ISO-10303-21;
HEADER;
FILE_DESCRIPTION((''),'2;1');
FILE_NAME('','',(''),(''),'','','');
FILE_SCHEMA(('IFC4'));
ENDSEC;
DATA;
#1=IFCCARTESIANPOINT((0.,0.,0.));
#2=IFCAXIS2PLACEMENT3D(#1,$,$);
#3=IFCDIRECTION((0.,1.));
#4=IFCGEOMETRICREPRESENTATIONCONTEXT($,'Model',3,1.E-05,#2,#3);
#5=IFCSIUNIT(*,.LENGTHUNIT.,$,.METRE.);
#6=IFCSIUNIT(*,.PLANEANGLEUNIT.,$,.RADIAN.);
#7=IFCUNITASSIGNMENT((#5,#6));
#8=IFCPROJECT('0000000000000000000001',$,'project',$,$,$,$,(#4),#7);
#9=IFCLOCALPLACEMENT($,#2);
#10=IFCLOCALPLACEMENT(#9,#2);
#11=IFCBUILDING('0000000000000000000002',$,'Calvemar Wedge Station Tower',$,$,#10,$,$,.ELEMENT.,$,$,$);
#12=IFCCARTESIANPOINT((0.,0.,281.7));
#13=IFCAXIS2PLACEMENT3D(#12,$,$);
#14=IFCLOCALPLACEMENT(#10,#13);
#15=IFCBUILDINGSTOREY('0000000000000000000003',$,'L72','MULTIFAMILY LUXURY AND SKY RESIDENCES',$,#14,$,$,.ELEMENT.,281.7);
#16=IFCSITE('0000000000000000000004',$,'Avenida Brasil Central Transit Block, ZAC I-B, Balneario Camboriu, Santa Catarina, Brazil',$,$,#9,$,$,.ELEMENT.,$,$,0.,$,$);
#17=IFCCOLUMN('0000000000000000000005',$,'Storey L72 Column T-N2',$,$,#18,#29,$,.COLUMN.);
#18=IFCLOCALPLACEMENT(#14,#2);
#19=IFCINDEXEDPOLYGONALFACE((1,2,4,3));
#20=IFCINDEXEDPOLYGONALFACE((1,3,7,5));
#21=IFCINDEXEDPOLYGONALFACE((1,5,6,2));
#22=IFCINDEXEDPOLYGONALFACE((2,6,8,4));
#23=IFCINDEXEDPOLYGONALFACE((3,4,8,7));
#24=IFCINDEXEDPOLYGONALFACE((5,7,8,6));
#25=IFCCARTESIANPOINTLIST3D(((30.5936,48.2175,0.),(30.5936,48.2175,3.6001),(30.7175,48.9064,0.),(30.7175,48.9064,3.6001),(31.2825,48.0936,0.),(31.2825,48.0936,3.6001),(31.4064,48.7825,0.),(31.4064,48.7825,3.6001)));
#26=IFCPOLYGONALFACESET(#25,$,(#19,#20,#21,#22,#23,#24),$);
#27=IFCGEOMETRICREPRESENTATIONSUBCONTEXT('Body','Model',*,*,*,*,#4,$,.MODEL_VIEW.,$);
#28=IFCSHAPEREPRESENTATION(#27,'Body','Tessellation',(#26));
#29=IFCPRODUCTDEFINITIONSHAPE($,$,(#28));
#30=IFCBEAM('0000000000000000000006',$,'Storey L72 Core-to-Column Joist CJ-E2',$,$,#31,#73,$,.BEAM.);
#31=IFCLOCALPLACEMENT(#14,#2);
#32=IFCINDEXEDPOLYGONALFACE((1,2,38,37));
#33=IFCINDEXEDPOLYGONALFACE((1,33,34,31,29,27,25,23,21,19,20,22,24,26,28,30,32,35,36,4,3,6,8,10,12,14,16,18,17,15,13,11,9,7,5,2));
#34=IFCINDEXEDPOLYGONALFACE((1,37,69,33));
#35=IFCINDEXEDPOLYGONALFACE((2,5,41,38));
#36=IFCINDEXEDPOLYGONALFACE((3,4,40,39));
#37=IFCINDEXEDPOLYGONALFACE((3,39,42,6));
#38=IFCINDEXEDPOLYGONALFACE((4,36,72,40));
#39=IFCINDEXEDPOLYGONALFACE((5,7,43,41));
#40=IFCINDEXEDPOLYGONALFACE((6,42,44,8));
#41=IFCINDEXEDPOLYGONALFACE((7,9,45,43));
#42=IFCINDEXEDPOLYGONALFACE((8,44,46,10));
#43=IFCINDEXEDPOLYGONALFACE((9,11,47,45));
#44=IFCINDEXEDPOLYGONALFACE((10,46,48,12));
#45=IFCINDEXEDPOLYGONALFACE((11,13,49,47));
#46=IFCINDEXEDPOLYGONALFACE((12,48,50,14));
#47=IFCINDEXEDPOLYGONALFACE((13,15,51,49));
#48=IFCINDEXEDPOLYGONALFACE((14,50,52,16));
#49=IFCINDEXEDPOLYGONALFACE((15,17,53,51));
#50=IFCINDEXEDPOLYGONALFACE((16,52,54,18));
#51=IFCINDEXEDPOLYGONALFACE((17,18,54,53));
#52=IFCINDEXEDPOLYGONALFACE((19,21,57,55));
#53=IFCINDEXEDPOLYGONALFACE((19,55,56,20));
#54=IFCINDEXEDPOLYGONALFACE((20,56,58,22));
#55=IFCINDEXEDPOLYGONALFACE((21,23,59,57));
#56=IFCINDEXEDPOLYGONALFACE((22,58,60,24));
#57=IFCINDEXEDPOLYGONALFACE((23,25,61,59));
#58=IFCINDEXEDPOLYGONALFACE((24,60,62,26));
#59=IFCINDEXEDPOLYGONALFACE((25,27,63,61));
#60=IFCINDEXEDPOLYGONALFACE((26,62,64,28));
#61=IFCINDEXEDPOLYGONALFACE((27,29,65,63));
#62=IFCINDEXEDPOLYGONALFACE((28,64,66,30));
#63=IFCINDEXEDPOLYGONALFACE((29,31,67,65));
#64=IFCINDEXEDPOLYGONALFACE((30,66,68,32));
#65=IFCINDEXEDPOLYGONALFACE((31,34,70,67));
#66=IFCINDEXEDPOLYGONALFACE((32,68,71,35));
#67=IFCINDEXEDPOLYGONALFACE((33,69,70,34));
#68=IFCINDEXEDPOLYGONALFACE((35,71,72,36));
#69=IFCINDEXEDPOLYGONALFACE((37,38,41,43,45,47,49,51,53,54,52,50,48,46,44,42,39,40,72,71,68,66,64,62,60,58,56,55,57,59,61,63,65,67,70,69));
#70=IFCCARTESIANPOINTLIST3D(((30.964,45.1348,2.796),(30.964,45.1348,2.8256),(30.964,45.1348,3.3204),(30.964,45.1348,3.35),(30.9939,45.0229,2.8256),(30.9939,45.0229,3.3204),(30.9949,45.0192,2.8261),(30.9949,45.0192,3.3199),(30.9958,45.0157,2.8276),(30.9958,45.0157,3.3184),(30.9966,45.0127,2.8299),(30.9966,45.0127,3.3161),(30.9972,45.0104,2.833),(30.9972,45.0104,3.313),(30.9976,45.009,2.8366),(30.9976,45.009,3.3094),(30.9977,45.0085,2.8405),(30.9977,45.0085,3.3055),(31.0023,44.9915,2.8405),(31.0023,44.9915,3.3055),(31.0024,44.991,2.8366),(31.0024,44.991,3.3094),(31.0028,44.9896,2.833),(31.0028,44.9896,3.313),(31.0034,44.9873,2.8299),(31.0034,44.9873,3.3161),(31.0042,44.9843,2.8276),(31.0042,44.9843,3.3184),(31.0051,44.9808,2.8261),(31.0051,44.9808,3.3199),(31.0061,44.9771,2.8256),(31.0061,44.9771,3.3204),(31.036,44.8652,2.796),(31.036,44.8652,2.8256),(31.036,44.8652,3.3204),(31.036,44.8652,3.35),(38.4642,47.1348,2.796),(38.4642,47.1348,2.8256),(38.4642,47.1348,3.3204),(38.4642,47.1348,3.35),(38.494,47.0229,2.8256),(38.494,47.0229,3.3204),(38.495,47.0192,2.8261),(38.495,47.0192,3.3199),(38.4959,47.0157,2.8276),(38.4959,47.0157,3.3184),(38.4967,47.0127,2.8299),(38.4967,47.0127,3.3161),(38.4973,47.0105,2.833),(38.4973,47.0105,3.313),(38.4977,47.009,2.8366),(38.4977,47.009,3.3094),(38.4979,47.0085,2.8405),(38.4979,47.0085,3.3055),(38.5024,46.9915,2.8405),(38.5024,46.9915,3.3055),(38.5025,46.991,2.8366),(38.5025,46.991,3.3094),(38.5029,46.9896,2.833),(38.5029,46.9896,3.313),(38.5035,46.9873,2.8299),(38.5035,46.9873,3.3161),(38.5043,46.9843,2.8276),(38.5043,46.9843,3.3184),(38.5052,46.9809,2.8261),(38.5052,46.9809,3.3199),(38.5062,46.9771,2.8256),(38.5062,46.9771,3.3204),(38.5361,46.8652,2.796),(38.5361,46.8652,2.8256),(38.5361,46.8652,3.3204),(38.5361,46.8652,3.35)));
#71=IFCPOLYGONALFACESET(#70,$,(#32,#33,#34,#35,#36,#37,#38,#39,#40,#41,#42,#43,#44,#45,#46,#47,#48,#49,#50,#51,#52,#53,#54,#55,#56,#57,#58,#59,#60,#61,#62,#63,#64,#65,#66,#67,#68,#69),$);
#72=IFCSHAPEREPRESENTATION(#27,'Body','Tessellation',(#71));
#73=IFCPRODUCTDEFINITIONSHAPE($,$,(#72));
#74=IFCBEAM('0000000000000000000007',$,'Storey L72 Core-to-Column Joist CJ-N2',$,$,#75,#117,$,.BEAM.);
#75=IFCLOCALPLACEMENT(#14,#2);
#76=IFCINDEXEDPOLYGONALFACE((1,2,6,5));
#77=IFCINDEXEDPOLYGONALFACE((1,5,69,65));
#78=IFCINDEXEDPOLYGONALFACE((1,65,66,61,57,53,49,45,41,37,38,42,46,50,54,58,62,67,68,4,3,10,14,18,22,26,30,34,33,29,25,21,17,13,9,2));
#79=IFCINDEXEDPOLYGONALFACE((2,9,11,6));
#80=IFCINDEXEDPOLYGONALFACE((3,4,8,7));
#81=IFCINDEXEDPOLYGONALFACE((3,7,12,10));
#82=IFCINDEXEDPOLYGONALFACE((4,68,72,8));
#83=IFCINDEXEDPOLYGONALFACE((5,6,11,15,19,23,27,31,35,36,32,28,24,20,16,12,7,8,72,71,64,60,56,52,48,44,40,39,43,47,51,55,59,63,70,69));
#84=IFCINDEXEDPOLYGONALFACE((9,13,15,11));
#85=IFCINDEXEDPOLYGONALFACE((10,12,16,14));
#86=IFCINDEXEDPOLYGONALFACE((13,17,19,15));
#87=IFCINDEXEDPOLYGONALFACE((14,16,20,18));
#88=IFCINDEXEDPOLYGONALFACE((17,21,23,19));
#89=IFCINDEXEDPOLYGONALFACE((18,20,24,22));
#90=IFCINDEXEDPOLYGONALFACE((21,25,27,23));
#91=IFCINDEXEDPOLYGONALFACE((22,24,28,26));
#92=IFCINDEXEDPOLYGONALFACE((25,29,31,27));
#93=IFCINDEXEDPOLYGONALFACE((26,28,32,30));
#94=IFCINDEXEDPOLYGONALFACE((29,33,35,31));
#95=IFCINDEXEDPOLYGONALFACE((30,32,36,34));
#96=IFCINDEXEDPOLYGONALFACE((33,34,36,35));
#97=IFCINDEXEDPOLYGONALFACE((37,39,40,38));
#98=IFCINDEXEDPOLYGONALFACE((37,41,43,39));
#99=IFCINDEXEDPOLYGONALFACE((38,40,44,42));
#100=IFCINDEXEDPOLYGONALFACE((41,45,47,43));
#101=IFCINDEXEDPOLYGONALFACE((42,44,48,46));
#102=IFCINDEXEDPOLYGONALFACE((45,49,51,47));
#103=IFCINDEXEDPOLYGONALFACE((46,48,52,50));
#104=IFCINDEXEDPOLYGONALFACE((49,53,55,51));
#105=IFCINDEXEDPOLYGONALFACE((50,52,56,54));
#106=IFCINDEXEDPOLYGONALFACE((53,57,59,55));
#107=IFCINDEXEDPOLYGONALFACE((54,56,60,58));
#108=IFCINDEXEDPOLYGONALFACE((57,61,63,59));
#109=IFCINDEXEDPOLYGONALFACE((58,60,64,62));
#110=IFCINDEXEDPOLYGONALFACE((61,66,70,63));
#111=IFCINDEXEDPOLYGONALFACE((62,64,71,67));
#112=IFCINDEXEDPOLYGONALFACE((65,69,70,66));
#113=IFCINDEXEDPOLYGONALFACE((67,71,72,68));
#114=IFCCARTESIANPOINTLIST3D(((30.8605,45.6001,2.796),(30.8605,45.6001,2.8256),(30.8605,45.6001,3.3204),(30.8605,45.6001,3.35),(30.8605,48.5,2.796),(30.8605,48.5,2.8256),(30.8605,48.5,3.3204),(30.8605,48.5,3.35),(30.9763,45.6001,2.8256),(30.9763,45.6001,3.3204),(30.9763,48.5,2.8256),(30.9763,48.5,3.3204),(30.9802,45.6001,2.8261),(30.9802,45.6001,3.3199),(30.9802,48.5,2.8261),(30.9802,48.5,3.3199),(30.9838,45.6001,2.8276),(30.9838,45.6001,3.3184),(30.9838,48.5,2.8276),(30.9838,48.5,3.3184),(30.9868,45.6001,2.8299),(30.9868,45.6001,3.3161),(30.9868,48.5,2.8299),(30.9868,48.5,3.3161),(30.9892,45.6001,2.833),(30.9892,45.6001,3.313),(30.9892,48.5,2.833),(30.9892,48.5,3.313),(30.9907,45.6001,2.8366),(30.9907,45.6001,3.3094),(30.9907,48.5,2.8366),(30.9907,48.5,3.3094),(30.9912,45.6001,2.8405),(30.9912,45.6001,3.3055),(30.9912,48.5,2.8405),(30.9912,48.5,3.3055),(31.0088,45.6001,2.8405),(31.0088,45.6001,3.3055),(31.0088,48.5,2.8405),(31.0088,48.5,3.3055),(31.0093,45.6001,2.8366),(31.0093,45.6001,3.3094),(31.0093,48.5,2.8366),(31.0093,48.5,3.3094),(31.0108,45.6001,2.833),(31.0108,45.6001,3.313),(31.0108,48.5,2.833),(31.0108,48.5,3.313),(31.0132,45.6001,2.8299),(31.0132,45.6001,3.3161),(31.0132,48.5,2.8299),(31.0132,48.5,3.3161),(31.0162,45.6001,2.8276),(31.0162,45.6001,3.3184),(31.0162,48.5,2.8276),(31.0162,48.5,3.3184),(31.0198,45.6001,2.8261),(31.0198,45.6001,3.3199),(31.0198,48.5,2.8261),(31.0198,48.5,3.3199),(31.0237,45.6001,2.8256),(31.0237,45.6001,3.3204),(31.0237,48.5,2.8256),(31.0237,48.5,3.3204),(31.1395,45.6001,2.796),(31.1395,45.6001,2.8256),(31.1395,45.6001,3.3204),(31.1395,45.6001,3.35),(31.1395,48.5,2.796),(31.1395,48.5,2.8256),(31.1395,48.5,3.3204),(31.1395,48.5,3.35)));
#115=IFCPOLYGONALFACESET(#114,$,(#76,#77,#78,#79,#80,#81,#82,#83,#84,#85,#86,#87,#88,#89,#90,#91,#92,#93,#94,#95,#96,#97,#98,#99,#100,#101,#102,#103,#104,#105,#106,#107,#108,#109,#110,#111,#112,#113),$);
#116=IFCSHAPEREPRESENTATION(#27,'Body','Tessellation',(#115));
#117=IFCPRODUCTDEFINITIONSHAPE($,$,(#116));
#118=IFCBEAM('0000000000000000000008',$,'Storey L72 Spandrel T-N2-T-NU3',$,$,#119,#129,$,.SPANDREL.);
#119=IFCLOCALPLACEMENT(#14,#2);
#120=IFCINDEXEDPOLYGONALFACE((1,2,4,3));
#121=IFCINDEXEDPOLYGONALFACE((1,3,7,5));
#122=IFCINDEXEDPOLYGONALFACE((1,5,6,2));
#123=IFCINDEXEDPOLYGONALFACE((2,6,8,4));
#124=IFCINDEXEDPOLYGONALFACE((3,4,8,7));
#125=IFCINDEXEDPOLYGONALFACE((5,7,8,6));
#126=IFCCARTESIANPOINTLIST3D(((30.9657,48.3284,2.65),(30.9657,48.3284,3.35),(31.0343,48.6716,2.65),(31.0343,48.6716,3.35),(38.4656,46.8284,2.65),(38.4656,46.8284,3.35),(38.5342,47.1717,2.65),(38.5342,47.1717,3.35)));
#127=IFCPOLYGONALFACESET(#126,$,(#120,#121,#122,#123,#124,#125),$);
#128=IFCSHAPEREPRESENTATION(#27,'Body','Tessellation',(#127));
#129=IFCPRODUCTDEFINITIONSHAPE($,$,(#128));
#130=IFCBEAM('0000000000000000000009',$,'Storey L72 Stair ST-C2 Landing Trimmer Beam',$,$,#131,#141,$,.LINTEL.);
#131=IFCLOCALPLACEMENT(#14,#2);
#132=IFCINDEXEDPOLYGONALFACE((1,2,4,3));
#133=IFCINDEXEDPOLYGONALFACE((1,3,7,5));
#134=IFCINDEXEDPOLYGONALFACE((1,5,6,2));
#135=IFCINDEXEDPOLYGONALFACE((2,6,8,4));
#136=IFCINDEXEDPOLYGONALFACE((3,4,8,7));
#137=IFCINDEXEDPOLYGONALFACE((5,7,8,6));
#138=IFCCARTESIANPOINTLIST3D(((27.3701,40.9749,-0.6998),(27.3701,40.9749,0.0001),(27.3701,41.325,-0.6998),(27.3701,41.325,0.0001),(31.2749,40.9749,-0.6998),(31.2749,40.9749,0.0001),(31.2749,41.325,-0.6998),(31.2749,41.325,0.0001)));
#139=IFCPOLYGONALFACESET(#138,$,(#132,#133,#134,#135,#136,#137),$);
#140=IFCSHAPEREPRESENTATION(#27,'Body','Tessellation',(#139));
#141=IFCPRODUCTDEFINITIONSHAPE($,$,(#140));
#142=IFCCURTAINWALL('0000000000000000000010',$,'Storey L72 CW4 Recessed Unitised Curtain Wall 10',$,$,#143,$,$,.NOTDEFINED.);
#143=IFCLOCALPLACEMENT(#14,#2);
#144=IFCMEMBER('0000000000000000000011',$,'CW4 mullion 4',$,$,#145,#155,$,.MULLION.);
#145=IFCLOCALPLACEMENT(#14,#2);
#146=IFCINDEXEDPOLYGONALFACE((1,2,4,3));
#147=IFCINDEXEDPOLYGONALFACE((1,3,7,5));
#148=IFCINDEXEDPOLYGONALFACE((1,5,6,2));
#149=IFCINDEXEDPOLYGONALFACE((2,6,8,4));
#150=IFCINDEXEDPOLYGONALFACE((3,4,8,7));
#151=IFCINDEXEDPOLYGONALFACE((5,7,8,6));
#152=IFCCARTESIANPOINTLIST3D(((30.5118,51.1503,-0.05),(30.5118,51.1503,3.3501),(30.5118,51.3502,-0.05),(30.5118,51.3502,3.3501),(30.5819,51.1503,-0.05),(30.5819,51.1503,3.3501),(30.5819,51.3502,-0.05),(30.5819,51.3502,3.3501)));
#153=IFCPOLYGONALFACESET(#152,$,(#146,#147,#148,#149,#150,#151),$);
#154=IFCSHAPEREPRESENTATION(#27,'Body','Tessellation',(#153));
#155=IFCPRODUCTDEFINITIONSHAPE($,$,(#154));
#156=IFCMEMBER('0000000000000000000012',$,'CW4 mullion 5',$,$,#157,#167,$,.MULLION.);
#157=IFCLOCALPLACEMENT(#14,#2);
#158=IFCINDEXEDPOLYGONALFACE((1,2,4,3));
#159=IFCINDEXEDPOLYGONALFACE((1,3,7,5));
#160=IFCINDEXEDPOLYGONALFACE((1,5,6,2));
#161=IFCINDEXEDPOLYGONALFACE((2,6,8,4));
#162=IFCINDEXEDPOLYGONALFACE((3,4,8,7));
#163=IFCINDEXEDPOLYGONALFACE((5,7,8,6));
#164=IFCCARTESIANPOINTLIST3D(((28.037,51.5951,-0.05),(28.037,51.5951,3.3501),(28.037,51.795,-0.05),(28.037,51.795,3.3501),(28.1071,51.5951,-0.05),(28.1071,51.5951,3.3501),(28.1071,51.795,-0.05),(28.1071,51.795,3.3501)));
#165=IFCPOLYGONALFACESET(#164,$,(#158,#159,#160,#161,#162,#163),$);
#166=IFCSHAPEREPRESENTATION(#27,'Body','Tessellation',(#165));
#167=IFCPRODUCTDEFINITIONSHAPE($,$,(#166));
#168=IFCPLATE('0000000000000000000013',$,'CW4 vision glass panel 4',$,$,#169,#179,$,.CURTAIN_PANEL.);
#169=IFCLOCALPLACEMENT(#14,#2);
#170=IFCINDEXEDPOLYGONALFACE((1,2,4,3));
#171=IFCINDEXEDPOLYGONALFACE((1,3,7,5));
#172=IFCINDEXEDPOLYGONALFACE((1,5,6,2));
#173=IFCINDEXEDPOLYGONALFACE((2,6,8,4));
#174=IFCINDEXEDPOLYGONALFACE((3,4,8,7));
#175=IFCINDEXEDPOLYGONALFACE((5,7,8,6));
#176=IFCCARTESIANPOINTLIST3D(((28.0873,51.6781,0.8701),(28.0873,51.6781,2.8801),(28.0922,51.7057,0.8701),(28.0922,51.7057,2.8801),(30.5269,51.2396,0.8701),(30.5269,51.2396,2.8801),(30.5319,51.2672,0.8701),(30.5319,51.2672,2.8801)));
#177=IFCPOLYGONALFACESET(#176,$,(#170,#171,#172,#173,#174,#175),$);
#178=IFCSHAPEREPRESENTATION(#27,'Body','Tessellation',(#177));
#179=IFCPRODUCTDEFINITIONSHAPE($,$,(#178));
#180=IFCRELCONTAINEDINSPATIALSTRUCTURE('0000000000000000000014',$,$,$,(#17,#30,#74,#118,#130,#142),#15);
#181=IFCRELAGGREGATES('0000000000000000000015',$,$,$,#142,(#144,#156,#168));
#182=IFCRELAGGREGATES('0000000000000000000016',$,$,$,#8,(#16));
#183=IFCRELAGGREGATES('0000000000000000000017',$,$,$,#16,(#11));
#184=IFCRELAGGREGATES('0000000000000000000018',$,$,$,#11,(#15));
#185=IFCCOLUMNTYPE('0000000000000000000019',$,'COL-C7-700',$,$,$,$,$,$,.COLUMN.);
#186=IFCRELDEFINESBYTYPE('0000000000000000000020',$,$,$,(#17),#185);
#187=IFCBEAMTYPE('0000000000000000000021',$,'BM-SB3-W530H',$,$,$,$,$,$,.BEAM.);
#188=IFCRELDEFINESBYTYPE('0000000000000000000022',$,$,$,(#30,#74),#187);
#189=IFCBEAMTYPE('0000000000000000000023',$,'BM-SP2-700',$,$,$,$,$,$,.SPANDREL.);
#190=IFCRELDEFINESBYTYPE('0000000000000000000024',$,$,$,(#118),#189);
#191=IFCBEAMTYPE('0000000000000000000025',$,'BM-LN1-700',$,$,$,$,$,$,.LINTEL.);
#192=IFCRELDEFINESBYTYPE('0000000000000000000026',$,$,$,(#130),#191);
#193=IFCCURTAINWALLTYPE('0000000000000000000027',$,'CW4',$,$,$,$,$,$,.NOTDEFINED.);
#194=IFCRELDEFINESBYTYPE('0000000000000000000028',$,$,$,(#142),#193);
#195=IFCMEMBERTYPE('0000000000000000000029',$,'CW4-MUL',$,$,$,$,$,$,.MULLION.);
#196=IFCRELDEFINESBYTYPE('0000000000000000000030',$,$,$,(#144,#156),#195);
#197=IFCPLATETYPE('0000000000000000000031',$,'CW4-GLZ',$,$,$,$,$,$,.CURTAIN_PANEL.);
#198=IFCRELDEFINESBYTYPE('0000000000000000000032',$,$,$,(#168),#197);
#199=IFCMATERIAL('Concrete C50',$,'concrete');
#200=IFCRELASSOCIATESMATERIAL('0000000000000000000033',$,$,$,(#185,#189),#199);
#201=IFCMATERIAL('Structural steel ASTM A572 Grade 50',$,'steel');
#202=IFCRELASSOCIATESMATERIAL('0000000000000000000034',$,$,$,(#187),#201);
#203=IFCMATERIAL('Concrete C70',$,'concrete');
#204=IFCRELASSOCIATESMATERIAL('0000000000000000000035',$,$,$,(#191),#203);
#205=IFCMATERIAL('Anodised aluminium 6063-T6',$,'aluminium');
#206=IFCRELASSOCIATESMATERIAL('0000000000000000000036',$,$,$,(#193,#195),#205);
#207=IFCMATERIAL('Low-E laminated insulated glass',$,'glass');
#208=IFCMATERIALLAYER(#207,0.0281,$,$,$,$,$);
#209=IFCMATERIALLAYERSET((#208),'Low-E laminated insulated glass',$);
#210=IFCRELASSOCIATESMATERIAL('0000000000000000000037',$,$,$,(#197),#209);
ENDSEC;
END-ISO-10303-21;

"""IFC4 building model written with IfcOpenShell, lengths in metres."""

from ifc_helpers import new_model, si_unit, direction, frame, frame_2d, origin, origin_2d, place, context, subcontext, project, spatial, rectangle, i_section, extrude, source, transform, mapped, material, layer, layer_set, material_profile, profile_set, type_object, element, aggregate, save


model = new_model("IFC4")

# Units and contexts
model_context = context("Model", 3, precision=1e-05, world=origin(), true_north=direction((0.0, 1.0)))
body_context = subcontext(model_context, "Body", "Model", "MODEL_VIEW")
ifc_project = project(units=[si_unit("LENGTHUNIT", "METRE"), si_unit("PLANEANGLEUNIT", "RADIAN")], contexts=[model_context])

# Site, building, storey
site_placement = place(None, origin())
site = spatial("IfcSite", under=ifc_project, at=site_placement, Name="Avenida Brasil Central Transit Block, ZAC I-B, Balneario Camboriu, Santa Catarina, Brazil", CompositionType="ELEMENT", RefElevation=0.0)
building_placement = place(site_placement, origin())
building = spatial("IfcBuilding", under=site, at=building_placement, Name="Calvemar Wedge Station Tower", CompositionType="ELEMENT")
storey_placement = place(building_placement, frame((0.0, 0.0, 281.7)))
storey = spatial("IfcBuildingStorey", under=building, at=storey_placement, Name="L72", Description="MULTIFAMILY LUXURY AND SKY RESIDENCES", CompositionType="ELEMENT", Elevation=281.7)

# Column
ifc_material_1 = material(Name="Concrete C50", Category="concrete")
ifc_material_profile_1 = material_profile(ifc_material_1, rectangle(XDim=0.7, YDim=0.7, at=origin_2d()), Name="RC700x700")
ifc_profile_set_1 = profile_set([ifc_material_profile_1], Name="Concrete C50")
column_type = type_object("IfcColumnType", Name="COL-C7-700", PredefinedType="COLUMN", material=ifc_profile_set_1)
shared_shape_1 = source(origin(), body_context, "Body", "SweptSolid", [
    extrude(rectangle(XDim=0.7, YDim=0.7, at=origin_2d()), origin(), (0.0, 0.0, 1.0), 3.6001),
])
column_placement = place(storey_placement, frame((31.0, 48.5, 0.0), z_axis=(0.0, 0.0, 1.0), x_axis=(0.984196, -0.177085, 0.0)))
element("IfcColumn", 1, at=column_placement, inside=storey, type_object=column_type, Name="Storey L72 Column T-N2", PredefinedType="COLUMN", context=body_context, shape_type="MappedRepresentation", body=[
    mapped(shared_shape_1, transform((0.0, 0.0, 0.0), scale=1.0)),
])

# Beams
ifc_material_2 = material(Name="Structural steel ASTM A572 Grade 50", Category="steel")
ifc_material_profile_2 = material_profile(ifc_material_2, i_section(OverallWidth=0.2791, OverallDepth=0.554, WebThickness=0.0176, FlangeThickness=0.0295, FilletRadius=0.0149, at=origin_2d()), Name="W530x196")
ifc_profile_set_2 = profile_set([ifc_material_profile_2], Name="Structural steel ASTM A572 Grade 50")
beam_type_1 = type_object("IfcBeamType", Name="BM-SB3-W530H", PredefinedType="BEAM", material=ifc_profile_set_2)
shared_shape_2 = source(origin(), body_context, "Body", "SweptSolid", [
    extrude(i_section(OverallWidth=0.2791, OverallDepth=0.554, WebThickness=0.0176, FlangeThickness=0.0295, FilletRadius=0.0149, at=origin_2d()), origin(), (0.0, 0.0, 1.0), 7.7622),
])
beam_1_placement = place(storey_placement, frame((31.0, 45.0, 3.073), z_axis=(0.966235, 0.257663, 0.0), x_axis=(-0.257663, 0.966235, 0.0)))
element("IfcBeam", 2, at=beam_1_placement, inside=storey, type_object=beam_type_1, Name="Storey L72 Core-to-Column Joist CJ-E2", PredefinedType="BEAM", context=body_context, shape_type="MappedRepresentation", body=[
    mapped(shared_shape_2, transform((0.0, 0.0, 0.0), scale=1.0)),
])
shared_shape_3 = source(origin(), body_context, "Body", "SweptSolid", [
    extrude(i_section(OverallWidth=0.2791, OverallDepth=0.554, WebThickness=0.0176, FlangeThickness=0.0295, FilletRadius=0.0149, at=origin_2d()), origin(), (0.0, 0.0, 1.0), 2.8999),
])
beam_2_placement = place(storey_placement, frame((31.0, 45.6001, 3.073), z_axis=(0.0, 1.0, 0.0), x_axis=(-1.0, 0.0, 0.0)))
element("IfcBeam", 3, at=beam_2_placement, inside=storey, type_object=beam_type_1, Name="Storey L72 Core-to-Column Joist CJ-N2", PredefinedType="BEAM", context=body_context, shape_type="MappedRepresentation", body=[
    mapped(shared_shape_3, transform((0.0, 0.0, 0.0), scale=1.0)),
])
ifc_material_profile_3 = material_profile(ifc_material_1, rectangle(XDim=0.3501, YDim=0.7, at=origin_2d()), Name="RC350x700")
ifc_profile_set_3 = profile_set([ifc_material_profile_3], Name="Concrete C50")
beam_type_2 = type_object("IfcBeamType", Name="BM-SP2-700", PredefinedType="SPANDREL", material=ifc_profile_set_3)
shared_shape_4 = source(origin(), body_context, "Body", "SweptSolid", [
    extrude(rectangle(XDim=0.3501, YDim=0.7, at=origin_2d()), origin(), (0.0, 0.0, 1.0), 7.6484),
])
beam_3_placement = place(storey_placement, frame((31.0, 48.5, 3.0), z_axis=(0.980581, -0.196116, 0.0), x_axis=(0.196116, 0.980581, 0.0)))
element("IfcBeam", 4, at=beam_3_placement, inside=storey, type_object=beam_type_2, Name="Storey L72 Spandrel T-N2-T-NU3", PredefinedType="SPANDREL", context=body_context, shape_type="MappedRepresentation", body=[
    mapped(shared_shape_4, transform((0.0, 0.0, 0.0), scale=1.0)),
])
ifc_material_3 = material(Name="Concrete C70", Category="concrete")
ifc_material_profile_4 = material_profile(ifc_material_3, rectangle(XDim=0.3501, YDim=0.7, at=origin_2d()), Name="RC350x700")
ifc_profile_set_4 = profile_set([ifc_material_profile_4], Name="Concrete C70")
beam_type_3 = type_object("IfcBeamType", Name="BM-LN1-700", PredefinedType="LINTEL", material=ifc_profile_set_4)
shared_shape_5 = source(origin(), body_context, "Body", "SweptSolid", [
    extrude(rectangle(XDim=0.3501, YDim=0.7, at=origin_2d()), origin(), (0.0, 0.0, 1.0), 3.9048),
])
beam_4_placement = place(storey_placement, frame((27.3701, 41.1499, -0.3499), z_axis=(1.0, 0.0, 0.0), x_axis=(0.0, 1.0, 0.0)))
element("IfcBeam", 5, at=beam_4_placement, inside=storey, type_object=beam_type_3, Name="Storey L72 Stair ST-C2 Landing Trimmer Beam", PredefinedType="LINTEL", context=body_context, shape_type="MappedRepresentation", body=[
    mapped(shared_shape_5, transform((0.0, 0.0, 0.0), scale=1.0)),
])

# Curtain wall, members, plate
ifc_material_4 = material(Name="Anodised aluminium 6063-T6", Category="aluminium")
curtain_wall_type = type_object("IfcCurtainWallType", Name="CW4", PredefinedType="NOTDEFINED", material=ifc_material_4)
curtain_wall_placement = place(storey_placement, origin())
curtain_wall = element("IfcCurtainWall", 6, at=curtain_wall_placement, inside=storey, type_object=curtain_wall_type, Name="Storey L72 CW4 Recessed Unitised Curtain Wall 10", PredefinedType="NOTDEFINED")
ifc_material_profile_5 = material_profile(ifc_material_4, rectangle(XDim=0.0701, YDim=0.2, at=origin_2d()), Name="AL-MUL-70x200")
ifc_profile_set_5 = profile_set([ifc_material_profile_5], Name="Anodised aluminium 6063-T6")
member_type = type_object("IfcMemberType", Name="CW4-MUL", PredefinedType="MULLION", material=ifc_profile_set_5)
shared_shape_6 = source(origin(), body_context, "Body", "SweptSolid", [
    extrude(rectangle(XDim=0.0701, YDim=0.2, at=origin_2d()), origin(), (0.0, 0.0, 1.0), 3.4001),
])
member_1_placement = place(storey_placement, frame((30.5469, 51.2502, -0.05), z_axis=(0.0, 0.0, 1.0), x_axis=(1.0, 0.0, 0.0)))
member_1 = element("IfcMember", 7, at=member_1_placement, type_object=member_type, Name="CW4 mullion 4", PredefinedType="MULLION", context=body_context, shape_type="MappedRepresentation", body=[
    mapped(shared_shape_6, transform((0.0, 0.0, 0.0), scale=1.0)),
])
member_2_placement = place(storey_placement, frame((28.072, 51.6951, -0.05), z_axis=(0.0, 0.0, 1.0), x_axis=(1.0, 0.0, 0.0)))
member_2 = element("IfcMember", 8, at=member_2_placement, type_object=member_type, Name="CW4 mullion 5", PredefinedType="MULLION", context=body_context, shape_type="MappedRepresentation", body=[
    mapped(shared_shape_6, transform((0.0, 0.0, 0.0), scale=1.0)),
])
ifc_material_5 = material(Name="Low-E laminated insulated glass", Category="glass")
ifc_layer_1 = layer(ifc_material_5, 0.0281)
ifc_layer_set_1 = layer_set([ifc_layer_1], Name="Low-E laminated insulated glass")
plate_type_1 = type_object("IfcPlateType", Name="CW4-GLZ", PredefinedType="CURTAIN_PANEL", material=ifc_layer_set_1)
plate_1_placement = place(storey_placement, frame((30.5293, 51.2534, 0.8701), z_axis=(0.0, 0.0, 1.0), x_axis=(-0.98423, 0.176892, 0.0)))
plate_1 = element("IfcPlate", 9, at=plate_1_placement, type_object=plate_type_1, Name="CW4 vision glass panel 4", PredefinedType="CURTAIN_PANEL", context=body_context, shape_type="SweptSolid", body=[
    extrude(rectangle(XDim=2.4788, YDim=0.0281, at=frame_2d((1.2393, 0.0))), origin(), (0.0, 0.0, 1.0), 2.01),
])
aggregate(curtain_wall, [member_1, member_2, plate_1])

save(model, "model.ifc")
